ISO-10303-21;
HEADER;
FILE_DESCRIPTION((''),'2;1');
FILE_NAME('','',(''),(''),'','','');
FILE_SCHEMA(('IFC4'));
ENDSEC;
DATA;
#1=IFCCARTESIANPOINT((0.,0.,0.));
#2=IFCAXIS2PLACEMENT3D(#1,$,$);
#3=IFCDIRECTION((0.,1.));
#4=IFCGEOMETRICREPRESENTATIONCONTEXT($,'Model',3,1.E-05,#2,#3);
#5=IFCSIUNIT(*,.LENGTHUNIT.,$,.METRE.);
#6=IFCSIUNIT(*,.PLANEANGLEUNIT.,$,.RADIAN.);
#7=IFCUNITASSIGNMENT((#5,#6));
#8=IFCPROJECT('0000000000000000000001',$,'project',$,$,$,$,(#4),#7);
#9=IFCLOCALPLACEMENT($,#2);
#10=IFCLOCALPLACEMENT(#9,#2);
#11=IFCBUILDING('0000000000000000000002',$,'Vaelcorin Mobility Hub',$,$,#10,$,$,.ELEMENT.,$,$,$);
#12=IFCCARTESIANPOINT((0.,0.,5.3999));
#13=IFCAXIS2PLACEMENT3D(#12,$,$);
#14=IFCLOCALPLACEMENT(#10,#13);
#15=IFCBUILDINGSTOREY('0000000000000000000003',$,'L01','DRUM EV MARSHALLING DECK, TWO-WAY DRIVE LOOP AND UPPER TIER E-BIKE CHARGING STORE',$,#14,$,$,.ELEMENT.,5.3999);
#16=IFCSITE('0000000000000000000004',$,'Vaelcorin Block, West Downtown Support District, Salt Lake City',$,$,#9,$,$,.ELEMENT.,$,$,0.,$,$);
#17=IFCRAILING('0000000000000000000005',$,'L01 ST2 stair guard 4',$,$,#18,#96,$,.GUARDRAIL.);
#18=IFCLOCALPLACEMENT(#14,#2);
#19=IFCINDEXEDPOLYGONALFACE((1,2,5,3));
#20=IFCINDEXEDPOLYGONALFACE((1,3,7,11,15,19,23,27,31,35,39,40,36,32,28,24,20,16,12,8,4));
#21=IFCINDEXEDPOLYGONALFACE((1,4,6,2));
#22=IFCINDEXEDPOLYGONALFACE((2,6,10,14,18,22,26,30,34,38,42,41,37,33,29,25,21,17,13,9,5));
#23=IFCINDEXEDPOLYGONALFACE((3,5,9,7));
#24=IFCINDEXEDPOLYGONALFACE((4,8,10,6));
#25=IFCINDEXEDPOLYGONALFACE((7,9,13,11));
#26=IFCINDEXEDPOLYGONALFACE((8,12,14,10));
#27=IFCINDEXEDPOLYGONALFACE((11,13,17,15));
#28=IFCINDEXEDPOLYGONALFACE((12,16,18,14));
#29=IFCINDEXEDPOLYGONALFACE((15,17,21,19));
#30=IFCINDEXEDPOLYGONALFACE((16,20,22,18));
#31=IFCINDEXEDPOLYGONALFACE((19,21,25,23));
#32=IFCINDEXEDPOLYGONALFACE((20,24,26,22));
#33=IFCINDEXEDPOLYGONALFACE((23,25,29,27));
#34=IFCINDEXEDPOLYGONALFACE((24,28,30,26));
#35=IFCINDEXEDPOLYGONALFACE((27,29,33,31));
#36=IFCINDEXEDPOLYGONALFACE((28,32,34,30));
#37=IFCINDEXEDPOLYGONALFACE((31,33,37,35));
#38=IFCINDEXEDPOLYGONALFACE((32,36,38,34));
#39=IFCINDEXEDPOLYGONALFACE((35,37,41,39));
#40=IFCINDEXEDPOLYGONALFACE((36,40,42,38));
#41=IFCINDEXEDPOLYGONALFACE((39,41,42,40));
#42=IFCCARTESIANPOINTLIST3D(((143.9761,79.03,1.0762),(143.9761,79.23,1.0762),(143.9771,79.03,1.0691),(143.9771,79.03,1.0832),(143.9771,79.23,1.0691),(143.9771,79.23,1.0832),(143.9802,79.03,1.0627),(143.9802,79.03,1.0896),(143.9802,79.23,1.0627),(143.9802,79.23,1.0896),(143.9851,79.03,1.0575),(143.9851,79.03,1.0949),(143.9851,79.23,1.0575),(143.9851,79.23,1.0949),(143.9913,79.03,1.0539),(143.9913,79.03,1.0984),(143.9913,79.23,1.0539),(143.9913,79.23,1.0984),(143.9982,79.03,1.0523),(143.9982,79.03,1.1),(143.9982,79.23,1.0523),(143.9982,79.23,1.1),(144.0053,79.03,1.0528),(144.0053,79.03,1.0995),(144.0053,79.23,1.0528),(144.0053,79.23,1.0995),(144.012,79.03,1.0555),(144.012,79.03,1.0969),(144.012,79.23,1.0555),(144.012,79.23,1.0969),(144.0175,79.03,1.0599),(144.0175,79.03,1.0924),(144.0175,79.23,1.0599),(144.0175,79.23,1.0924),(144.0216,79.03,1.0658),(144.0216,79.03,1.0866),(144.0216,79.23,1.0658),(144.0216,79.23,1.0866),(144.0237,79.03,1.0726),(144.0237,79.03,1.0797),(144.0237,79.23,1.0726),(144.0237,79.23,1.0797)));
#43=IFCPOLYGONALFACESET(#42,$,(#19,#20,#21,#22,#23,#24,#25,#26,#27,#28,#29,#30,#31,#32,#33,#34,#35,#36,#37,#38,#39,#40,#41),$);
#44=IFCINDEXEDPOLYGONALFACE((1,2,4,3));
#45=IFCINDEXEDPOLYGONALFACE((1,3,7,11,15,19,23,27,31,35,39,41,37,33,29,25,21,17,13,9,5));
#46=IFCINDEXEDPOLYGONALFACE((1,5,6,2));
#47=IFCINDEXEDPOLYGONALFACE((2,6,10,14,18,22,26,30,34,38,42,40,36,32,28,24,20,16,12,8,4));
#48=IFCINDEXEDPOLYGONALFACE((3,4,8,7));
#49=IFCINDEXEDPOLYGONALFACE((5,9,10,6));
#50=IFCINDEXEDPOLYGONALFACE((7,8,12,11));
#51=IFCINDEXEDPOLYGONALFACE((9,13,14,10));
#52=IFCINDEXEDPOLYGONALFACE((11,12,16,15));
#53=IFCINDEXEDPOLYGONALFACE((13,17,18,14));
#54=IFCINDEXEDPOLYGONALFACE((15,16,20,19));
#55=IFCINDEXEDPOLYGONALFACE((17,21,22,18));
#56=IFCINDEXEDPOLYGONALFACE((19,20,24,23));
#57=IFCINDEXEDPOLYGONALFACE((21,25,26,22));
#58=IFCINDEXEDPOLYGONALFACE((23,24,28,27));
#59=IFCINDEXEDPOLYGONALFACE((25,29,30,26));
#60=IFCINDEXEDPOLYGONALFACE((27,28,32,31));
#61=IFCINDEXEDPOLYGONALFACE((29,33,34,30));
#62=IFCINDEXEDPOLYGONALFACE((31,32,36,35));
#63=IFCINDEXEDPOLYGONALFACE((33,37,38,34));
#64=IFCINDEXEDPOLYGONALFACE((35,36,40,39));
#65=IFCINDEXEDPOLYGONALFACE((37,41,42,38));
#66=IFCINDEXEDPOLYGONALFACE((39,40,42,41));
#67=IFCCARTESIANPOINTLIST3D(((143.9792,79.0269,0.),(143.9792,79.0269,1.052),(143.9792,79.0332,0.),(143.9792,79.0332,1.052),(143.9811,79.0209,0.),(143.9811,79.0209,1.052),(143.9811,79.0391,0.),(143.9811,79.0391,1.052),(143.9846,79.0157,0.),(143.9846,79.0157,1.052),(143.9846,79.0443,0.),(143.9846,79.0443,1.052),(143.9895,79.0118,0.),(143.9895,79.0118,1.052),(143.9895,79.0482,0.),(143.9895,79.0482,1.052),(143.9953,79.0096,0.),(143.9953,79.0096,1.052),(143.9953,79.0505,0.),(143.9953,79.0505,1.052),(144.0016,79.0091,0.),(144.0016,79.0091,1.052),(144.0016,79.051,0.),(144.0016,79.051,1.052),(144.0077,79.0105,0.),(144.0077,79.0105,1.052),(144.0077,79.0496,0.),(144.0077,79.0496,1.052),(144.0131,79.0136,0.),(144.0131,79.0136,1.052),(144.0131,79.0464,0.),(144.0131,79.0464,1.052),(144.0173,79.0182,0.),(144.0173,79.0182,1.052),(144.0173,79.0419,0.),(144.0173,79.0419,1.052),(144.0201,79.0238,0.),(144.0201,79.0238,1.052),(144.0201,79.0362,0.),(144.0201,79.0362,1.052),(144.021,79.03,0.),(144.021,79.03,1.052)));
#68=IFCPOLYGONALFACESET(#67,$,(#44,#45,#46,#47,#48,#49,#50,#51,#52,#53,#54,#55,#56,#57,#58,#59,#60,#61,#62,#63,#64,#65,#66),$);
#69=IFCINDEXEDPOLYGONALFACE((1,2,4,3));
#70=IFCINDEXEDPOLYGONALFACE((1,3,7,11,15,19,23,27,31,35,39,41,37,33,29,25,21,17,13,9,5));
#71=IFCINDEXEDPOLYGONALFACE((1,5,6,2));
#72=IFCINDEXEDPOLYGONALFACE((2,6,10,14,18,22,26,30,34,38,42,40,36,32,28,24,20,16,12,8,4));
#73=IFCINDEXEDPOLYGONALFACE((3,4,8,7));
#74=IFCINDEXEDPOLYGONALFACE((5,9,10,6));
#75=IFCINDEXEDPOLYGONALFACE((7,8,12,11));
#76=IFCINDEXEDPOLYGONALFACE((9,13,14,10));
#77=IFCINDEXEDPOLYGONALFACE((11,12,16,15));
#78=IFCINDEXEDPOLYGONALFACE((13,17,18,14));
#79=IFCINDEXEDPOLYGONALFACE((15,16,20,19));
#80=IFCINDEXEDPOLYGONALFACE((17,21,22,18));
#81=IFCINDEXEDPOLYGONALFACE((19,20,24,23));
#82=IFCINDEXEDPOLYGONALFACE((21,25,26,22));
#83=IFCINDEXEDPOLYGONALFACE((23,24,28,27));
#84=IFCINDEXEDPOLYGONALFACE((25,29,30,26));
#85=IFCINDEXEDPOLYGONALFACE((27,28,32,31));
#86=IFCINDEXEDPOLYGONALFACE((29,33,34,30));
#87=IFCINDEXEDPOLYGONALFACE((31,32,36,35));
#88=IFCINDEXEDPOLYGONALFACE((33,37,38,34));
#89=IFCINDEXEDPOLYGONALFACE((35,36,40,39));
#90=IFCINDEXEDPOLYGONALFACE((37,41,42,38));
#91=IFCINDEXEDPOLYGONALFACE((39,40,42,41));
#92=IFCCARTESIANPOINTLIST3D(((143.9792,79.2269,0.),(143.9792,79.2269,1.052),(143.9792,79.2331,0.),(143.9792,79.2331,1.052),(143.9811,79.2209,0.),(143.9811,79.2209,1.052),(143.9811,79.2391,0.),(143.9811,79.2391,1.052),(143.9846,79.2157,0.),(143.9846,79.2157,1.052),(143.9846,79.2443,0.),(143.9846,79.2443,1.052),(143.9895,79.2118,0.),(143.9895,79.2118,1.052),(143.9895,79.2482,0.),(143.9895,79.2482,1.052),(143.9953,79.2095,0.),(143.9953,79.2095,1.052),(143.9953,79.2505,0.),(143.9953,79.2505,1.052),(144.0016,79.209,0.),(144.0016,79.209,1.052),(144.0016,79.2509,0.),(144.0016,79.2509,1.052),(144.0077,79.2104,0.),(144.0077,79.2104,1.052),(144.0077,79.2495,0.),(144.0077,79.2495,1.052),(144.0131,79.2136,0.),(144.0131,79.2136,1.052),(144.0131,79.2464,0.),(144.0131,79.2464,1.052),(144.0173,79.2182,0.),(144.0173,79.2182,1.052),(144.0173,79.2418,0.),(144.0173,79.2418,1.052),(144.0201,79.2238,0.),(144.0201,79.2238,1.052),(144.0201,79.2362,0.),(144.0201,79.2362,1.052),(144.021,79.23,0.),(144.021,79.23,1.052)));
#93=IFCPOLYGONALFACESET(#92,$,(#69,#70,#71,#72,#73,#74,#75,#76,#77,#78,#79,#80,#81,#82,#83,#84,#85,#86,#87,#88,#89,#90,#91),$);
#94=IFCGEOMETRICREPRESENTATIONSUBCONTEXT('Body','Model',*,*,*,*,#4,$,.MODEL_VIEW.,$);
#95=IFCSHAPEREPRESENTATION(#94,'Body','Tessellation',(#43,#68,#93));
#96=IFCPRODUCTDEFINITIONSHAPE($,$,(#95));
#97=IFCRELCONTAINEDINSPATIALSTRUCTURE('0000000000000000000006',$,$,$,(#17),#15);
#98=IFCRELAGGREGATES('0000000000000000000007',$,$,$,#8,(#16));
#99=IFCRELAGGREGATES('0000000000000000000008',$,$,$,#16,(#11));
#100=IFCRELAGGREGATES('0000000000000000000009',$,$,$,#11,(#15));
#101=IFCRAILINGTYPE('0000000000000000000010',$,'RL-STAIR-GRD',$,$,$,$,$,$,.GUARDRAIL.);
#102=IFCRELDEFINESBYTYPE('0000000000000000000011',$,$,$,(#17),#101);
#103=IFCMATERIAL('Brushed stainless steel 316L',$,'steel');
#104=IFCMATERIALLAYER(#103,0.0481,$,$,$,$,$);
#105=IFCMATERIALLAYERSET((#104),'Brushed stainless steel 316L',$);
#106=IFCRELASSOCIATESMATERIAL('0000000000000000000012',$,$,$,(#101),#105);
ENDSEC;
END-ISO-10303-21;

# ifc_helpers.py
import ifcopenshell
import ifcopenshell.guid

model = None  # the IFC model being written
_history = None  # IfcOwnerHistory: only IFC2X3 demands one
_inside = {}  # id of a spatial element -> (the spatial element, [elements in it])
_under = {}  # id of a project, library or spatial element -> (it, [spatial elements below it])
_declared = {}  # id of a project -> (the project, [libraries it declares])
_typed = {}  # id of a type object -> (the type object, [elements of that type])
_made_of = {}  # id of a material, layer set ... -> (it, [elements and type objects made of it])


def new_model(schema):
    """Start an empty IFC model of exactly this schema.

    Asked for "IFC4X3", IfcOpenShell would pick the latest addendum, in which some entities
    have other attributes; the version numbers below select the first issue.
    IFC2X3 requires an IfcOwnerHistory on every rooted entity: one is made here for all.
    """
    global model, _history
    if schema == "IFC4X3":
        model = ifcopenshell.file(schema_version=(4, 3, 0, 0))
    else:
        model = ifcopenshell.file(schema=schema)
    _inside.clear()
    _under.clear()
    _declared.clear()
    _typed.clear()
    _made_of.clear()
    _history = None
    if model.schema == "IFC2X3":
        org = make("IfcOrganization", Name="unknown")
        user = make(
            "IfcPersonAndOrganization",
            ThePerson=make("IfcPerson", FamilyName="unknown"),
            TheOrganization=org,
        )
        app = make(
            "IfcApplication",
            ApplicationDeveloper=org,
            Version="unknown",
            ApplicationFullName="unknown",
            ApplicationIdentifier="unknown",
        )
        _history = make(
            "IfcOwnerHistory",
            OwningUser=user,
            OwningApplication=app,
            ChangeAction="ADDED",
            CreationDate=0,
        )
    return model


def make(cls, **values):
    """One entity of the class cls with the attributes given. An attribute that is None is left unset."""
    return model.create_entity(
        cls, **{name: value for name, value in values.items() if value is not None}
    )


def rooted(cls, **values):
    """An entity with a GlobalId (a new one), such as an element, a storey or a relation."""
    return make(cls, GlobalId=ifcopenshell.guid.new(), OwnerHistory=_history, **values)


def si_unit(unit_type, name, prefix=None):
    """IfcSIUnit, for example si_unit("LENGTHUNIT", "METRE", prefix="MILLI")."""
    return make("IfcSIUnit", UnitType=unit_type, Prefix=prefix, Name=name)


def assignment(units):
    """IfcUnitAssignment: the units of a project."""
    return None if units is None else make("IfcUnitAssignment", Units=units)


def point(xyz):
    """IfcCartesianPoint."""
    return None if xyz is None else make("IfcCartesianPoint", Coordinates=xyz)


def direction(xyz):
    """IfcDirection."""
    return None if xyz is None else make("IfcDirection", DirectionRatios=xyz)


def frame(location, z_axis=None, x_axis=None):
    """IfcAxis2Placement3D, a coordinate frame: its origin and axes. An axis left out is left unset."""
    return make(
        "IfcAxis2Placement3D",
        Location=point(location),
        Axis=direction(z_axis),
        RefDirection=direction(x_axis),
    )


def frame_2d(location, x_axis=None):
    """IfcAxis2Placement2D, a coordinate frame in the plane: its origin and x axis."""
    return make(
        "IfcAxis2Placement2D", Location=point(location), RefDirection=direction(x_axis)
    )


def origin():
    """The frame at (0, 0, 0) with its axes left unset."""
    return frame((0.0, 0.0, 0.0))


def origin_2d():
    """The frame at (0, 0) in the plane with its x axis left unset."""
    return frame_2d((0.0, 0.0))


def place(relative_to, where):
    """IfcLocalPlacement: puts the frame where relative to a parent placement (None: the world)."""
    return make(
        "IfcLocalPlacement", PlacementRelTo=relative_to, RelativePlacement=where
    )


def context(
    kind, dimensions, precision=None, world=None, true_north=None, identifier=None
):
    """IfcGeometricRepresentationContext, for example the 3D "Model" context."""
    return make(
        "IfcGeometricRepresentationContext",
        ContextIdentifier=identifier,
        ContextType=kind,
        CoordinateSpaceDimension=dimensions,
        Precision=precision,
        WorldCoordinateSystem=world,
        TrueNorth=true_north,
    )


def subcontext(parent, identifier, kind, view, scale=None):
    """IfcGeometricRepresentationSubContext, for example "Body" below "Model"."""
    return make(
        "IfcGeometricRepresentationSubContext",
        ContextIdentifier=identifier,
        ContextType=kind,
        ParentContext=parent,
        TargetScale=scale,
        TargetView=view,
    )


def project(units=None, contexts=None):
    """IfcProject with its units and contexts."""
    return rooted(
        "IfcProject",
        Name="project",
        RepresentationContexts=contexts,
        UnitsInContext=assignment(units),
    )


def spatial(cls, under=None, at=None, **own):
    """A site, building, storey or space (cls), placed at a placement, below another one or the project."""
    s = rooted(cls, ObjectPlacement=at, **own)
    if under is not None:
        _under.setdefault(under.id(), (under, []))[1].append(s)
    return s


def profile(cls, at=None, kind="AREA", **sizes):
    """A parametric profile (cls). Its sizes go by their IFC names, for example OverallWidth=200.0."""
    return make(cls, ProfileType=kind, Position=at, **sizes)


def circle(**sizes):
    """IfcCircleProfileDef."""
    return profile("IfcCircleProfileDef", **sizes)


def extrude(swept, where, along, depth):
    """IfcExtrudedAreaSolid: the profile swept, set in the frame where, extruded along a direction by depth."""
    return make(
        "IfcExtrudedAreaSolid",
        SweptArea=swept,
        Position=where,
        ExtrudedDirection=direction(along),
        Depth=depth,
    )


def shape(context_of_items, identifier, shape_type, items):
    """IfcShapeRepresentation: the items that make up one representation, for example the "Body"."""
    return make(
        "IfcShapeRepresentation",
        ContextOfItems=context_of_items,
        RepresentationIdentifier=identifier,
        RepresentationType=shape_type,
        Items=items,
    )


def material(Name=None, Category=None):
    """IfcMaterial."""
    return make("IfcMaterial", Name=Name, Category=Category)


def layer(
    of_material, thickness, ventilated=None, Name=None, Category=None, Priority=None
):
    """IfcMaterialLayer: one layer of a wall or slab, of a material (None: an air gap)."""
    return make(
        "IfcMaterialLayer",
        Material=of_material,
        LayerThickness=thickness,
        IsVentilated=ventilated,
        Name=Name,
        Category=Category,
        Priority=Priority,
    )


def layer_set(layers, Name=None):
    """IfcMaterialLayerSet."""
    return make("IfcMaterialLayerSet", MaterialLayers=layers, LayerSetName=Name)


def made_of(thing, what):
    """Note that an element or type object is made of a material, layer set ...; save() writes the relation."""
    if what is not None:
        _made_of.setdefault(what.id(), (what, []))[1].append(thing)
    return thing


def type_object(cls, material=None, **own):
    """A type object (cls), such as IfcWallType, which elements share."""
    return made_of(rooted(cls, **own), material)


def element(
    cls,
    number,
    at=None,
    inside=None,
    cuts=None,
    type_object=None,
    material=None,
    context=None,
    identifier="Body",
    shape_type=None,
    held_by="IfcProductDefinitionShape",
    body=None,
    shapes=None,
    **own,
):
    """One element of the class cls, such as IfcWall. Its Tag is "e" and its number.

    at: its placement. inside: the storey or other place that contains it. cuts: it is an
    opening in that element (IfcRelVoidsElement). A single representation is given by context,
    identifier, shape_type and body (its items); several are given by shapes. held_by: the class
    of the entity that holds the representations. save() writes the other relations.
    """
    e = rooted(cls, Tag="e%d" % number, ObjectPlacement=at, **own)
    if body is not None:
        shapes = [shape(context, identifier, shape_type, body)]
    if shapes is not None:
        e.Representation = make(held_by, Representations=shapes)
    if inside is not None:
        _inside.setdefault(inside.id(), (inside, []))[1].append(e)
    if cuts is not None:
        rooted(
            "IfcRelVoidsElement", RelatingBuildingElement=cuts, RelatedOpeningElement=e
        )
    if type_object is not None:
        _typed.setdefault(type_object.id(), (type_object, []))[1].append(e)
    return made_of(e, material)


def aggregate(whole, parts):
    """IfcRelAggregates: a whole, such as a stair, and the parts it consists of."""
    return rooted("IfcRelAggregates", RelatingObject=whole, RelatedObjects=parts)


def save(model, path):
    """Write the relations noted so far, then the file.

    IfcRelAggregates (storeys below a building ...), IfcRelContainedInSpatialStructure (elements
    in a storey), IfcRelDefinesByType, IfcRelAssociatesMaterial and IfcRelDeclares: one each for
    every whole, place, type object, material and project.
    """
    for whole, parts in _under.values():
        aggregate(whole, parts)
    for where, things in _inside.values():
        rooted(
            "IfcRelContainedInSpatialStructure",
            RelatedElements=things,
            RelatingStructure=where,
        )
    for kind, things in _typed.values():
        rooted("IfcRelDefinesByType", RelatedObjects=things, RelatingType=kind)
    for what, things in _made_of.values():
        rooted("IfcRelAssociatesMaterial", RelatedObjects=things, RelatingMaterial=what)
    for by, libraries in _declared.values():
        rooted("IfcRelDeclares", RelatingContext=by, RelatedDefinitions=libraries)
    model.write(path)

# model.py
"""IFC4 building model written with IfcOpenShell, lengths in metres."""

from ifc_helpers import new_model, si_unit, direction, frame, origin, origin_2d, place, context, subcontext, project, spatial, circle, extrude, material, layer, layer_set, type_object, element, save


model = new_model("IFC4")

# Units and contexts
model_context = context("Model", 3, precision=1e-05, world=origin(), true_north=direction((0.0, 1.0)))
body_context = subcontext(model_context, "Body", "Model", "MODEL_VIEW")
ifc_project = project(units=[si_unit("LENGTHUNIT", "METRE"), si_unit("PLANEANGLEUNIT", "RADIAN")], contexts=[model_context])

# Site, building, storey
site_placement = place(None, origin())
site = spatial("IfcSite", under=ifc_project, at=site_placement, Name="Vaelcorin Block, West Downtown Support District, Salt Lake City", CompositionType="ELEMENT", RefElevation=0.0)
building_placement = place(site_placement, origin())
building = spatial("IfcBuilding", under=site, at=building_placement, Name="Vaelcorin Mobility Hub", CompositionType="ELEMENT")
storey_placement = place(building_placement, frame((0.0, 0.0, 5.3999)))
storey = spatial("IfcBuildingStorey", under=building, at=storey_placement, Name="L01", Description="DRUM EV MARSHALLING DECK, TWO-WAY DRIVE LOOP AND UPPER TIER E-BIKE CHARGING STORE", CompositionType="ELEMENT", Elevation=5.3999)

# Railing
ifc_material_1 = material(Name="Brushed stainless steel 316L", Category="steel")
ifc_layer_1 = layer(ifc_material_1, 0.0481)
ifc_layer_set_1 = layer_set([ifc_layer_1], Name="Brushed stainless steel 316L")
railing_type_1 = type_object("IfcRailingType", Name="RL-STAIR-GRD", PredefinedType="GUARDRAIL", material=ifc_layer_set_1)
railing_1_placement = place(storey_placement, frame((144.0, 79.03, 0.0)))
element("IfcRailing", 1, at=railing_1_placement, inside=storey, type_object=railing_type_1, Name="L01 ST2 stair guard 4", PredefinedType="GUARDRAIL", context=body_context, shape_type="SweptSolid", body=[
    extrude(circle(Radius=0.0239, at=origin_2d()), frame((0.0, 0.0, 1.0762), z_axis=(0.0, 1.0, 0.0), x_axis=(-1.0, 0.0, 0.0)), (0.0, 0.0, 1.0), 0.2),
    extrude(circle(Radius=0.021, at=origin_2d()), origin(), (0.0, 0.0, 1.0), 1.052),
    extrude(circle(Radius=0.021, at=origin_2d()), frame((0.0, 0.2, 0.0)), (0.0, 0.0, 1.0), 1.052),
])

save(model, "model.ifc")
